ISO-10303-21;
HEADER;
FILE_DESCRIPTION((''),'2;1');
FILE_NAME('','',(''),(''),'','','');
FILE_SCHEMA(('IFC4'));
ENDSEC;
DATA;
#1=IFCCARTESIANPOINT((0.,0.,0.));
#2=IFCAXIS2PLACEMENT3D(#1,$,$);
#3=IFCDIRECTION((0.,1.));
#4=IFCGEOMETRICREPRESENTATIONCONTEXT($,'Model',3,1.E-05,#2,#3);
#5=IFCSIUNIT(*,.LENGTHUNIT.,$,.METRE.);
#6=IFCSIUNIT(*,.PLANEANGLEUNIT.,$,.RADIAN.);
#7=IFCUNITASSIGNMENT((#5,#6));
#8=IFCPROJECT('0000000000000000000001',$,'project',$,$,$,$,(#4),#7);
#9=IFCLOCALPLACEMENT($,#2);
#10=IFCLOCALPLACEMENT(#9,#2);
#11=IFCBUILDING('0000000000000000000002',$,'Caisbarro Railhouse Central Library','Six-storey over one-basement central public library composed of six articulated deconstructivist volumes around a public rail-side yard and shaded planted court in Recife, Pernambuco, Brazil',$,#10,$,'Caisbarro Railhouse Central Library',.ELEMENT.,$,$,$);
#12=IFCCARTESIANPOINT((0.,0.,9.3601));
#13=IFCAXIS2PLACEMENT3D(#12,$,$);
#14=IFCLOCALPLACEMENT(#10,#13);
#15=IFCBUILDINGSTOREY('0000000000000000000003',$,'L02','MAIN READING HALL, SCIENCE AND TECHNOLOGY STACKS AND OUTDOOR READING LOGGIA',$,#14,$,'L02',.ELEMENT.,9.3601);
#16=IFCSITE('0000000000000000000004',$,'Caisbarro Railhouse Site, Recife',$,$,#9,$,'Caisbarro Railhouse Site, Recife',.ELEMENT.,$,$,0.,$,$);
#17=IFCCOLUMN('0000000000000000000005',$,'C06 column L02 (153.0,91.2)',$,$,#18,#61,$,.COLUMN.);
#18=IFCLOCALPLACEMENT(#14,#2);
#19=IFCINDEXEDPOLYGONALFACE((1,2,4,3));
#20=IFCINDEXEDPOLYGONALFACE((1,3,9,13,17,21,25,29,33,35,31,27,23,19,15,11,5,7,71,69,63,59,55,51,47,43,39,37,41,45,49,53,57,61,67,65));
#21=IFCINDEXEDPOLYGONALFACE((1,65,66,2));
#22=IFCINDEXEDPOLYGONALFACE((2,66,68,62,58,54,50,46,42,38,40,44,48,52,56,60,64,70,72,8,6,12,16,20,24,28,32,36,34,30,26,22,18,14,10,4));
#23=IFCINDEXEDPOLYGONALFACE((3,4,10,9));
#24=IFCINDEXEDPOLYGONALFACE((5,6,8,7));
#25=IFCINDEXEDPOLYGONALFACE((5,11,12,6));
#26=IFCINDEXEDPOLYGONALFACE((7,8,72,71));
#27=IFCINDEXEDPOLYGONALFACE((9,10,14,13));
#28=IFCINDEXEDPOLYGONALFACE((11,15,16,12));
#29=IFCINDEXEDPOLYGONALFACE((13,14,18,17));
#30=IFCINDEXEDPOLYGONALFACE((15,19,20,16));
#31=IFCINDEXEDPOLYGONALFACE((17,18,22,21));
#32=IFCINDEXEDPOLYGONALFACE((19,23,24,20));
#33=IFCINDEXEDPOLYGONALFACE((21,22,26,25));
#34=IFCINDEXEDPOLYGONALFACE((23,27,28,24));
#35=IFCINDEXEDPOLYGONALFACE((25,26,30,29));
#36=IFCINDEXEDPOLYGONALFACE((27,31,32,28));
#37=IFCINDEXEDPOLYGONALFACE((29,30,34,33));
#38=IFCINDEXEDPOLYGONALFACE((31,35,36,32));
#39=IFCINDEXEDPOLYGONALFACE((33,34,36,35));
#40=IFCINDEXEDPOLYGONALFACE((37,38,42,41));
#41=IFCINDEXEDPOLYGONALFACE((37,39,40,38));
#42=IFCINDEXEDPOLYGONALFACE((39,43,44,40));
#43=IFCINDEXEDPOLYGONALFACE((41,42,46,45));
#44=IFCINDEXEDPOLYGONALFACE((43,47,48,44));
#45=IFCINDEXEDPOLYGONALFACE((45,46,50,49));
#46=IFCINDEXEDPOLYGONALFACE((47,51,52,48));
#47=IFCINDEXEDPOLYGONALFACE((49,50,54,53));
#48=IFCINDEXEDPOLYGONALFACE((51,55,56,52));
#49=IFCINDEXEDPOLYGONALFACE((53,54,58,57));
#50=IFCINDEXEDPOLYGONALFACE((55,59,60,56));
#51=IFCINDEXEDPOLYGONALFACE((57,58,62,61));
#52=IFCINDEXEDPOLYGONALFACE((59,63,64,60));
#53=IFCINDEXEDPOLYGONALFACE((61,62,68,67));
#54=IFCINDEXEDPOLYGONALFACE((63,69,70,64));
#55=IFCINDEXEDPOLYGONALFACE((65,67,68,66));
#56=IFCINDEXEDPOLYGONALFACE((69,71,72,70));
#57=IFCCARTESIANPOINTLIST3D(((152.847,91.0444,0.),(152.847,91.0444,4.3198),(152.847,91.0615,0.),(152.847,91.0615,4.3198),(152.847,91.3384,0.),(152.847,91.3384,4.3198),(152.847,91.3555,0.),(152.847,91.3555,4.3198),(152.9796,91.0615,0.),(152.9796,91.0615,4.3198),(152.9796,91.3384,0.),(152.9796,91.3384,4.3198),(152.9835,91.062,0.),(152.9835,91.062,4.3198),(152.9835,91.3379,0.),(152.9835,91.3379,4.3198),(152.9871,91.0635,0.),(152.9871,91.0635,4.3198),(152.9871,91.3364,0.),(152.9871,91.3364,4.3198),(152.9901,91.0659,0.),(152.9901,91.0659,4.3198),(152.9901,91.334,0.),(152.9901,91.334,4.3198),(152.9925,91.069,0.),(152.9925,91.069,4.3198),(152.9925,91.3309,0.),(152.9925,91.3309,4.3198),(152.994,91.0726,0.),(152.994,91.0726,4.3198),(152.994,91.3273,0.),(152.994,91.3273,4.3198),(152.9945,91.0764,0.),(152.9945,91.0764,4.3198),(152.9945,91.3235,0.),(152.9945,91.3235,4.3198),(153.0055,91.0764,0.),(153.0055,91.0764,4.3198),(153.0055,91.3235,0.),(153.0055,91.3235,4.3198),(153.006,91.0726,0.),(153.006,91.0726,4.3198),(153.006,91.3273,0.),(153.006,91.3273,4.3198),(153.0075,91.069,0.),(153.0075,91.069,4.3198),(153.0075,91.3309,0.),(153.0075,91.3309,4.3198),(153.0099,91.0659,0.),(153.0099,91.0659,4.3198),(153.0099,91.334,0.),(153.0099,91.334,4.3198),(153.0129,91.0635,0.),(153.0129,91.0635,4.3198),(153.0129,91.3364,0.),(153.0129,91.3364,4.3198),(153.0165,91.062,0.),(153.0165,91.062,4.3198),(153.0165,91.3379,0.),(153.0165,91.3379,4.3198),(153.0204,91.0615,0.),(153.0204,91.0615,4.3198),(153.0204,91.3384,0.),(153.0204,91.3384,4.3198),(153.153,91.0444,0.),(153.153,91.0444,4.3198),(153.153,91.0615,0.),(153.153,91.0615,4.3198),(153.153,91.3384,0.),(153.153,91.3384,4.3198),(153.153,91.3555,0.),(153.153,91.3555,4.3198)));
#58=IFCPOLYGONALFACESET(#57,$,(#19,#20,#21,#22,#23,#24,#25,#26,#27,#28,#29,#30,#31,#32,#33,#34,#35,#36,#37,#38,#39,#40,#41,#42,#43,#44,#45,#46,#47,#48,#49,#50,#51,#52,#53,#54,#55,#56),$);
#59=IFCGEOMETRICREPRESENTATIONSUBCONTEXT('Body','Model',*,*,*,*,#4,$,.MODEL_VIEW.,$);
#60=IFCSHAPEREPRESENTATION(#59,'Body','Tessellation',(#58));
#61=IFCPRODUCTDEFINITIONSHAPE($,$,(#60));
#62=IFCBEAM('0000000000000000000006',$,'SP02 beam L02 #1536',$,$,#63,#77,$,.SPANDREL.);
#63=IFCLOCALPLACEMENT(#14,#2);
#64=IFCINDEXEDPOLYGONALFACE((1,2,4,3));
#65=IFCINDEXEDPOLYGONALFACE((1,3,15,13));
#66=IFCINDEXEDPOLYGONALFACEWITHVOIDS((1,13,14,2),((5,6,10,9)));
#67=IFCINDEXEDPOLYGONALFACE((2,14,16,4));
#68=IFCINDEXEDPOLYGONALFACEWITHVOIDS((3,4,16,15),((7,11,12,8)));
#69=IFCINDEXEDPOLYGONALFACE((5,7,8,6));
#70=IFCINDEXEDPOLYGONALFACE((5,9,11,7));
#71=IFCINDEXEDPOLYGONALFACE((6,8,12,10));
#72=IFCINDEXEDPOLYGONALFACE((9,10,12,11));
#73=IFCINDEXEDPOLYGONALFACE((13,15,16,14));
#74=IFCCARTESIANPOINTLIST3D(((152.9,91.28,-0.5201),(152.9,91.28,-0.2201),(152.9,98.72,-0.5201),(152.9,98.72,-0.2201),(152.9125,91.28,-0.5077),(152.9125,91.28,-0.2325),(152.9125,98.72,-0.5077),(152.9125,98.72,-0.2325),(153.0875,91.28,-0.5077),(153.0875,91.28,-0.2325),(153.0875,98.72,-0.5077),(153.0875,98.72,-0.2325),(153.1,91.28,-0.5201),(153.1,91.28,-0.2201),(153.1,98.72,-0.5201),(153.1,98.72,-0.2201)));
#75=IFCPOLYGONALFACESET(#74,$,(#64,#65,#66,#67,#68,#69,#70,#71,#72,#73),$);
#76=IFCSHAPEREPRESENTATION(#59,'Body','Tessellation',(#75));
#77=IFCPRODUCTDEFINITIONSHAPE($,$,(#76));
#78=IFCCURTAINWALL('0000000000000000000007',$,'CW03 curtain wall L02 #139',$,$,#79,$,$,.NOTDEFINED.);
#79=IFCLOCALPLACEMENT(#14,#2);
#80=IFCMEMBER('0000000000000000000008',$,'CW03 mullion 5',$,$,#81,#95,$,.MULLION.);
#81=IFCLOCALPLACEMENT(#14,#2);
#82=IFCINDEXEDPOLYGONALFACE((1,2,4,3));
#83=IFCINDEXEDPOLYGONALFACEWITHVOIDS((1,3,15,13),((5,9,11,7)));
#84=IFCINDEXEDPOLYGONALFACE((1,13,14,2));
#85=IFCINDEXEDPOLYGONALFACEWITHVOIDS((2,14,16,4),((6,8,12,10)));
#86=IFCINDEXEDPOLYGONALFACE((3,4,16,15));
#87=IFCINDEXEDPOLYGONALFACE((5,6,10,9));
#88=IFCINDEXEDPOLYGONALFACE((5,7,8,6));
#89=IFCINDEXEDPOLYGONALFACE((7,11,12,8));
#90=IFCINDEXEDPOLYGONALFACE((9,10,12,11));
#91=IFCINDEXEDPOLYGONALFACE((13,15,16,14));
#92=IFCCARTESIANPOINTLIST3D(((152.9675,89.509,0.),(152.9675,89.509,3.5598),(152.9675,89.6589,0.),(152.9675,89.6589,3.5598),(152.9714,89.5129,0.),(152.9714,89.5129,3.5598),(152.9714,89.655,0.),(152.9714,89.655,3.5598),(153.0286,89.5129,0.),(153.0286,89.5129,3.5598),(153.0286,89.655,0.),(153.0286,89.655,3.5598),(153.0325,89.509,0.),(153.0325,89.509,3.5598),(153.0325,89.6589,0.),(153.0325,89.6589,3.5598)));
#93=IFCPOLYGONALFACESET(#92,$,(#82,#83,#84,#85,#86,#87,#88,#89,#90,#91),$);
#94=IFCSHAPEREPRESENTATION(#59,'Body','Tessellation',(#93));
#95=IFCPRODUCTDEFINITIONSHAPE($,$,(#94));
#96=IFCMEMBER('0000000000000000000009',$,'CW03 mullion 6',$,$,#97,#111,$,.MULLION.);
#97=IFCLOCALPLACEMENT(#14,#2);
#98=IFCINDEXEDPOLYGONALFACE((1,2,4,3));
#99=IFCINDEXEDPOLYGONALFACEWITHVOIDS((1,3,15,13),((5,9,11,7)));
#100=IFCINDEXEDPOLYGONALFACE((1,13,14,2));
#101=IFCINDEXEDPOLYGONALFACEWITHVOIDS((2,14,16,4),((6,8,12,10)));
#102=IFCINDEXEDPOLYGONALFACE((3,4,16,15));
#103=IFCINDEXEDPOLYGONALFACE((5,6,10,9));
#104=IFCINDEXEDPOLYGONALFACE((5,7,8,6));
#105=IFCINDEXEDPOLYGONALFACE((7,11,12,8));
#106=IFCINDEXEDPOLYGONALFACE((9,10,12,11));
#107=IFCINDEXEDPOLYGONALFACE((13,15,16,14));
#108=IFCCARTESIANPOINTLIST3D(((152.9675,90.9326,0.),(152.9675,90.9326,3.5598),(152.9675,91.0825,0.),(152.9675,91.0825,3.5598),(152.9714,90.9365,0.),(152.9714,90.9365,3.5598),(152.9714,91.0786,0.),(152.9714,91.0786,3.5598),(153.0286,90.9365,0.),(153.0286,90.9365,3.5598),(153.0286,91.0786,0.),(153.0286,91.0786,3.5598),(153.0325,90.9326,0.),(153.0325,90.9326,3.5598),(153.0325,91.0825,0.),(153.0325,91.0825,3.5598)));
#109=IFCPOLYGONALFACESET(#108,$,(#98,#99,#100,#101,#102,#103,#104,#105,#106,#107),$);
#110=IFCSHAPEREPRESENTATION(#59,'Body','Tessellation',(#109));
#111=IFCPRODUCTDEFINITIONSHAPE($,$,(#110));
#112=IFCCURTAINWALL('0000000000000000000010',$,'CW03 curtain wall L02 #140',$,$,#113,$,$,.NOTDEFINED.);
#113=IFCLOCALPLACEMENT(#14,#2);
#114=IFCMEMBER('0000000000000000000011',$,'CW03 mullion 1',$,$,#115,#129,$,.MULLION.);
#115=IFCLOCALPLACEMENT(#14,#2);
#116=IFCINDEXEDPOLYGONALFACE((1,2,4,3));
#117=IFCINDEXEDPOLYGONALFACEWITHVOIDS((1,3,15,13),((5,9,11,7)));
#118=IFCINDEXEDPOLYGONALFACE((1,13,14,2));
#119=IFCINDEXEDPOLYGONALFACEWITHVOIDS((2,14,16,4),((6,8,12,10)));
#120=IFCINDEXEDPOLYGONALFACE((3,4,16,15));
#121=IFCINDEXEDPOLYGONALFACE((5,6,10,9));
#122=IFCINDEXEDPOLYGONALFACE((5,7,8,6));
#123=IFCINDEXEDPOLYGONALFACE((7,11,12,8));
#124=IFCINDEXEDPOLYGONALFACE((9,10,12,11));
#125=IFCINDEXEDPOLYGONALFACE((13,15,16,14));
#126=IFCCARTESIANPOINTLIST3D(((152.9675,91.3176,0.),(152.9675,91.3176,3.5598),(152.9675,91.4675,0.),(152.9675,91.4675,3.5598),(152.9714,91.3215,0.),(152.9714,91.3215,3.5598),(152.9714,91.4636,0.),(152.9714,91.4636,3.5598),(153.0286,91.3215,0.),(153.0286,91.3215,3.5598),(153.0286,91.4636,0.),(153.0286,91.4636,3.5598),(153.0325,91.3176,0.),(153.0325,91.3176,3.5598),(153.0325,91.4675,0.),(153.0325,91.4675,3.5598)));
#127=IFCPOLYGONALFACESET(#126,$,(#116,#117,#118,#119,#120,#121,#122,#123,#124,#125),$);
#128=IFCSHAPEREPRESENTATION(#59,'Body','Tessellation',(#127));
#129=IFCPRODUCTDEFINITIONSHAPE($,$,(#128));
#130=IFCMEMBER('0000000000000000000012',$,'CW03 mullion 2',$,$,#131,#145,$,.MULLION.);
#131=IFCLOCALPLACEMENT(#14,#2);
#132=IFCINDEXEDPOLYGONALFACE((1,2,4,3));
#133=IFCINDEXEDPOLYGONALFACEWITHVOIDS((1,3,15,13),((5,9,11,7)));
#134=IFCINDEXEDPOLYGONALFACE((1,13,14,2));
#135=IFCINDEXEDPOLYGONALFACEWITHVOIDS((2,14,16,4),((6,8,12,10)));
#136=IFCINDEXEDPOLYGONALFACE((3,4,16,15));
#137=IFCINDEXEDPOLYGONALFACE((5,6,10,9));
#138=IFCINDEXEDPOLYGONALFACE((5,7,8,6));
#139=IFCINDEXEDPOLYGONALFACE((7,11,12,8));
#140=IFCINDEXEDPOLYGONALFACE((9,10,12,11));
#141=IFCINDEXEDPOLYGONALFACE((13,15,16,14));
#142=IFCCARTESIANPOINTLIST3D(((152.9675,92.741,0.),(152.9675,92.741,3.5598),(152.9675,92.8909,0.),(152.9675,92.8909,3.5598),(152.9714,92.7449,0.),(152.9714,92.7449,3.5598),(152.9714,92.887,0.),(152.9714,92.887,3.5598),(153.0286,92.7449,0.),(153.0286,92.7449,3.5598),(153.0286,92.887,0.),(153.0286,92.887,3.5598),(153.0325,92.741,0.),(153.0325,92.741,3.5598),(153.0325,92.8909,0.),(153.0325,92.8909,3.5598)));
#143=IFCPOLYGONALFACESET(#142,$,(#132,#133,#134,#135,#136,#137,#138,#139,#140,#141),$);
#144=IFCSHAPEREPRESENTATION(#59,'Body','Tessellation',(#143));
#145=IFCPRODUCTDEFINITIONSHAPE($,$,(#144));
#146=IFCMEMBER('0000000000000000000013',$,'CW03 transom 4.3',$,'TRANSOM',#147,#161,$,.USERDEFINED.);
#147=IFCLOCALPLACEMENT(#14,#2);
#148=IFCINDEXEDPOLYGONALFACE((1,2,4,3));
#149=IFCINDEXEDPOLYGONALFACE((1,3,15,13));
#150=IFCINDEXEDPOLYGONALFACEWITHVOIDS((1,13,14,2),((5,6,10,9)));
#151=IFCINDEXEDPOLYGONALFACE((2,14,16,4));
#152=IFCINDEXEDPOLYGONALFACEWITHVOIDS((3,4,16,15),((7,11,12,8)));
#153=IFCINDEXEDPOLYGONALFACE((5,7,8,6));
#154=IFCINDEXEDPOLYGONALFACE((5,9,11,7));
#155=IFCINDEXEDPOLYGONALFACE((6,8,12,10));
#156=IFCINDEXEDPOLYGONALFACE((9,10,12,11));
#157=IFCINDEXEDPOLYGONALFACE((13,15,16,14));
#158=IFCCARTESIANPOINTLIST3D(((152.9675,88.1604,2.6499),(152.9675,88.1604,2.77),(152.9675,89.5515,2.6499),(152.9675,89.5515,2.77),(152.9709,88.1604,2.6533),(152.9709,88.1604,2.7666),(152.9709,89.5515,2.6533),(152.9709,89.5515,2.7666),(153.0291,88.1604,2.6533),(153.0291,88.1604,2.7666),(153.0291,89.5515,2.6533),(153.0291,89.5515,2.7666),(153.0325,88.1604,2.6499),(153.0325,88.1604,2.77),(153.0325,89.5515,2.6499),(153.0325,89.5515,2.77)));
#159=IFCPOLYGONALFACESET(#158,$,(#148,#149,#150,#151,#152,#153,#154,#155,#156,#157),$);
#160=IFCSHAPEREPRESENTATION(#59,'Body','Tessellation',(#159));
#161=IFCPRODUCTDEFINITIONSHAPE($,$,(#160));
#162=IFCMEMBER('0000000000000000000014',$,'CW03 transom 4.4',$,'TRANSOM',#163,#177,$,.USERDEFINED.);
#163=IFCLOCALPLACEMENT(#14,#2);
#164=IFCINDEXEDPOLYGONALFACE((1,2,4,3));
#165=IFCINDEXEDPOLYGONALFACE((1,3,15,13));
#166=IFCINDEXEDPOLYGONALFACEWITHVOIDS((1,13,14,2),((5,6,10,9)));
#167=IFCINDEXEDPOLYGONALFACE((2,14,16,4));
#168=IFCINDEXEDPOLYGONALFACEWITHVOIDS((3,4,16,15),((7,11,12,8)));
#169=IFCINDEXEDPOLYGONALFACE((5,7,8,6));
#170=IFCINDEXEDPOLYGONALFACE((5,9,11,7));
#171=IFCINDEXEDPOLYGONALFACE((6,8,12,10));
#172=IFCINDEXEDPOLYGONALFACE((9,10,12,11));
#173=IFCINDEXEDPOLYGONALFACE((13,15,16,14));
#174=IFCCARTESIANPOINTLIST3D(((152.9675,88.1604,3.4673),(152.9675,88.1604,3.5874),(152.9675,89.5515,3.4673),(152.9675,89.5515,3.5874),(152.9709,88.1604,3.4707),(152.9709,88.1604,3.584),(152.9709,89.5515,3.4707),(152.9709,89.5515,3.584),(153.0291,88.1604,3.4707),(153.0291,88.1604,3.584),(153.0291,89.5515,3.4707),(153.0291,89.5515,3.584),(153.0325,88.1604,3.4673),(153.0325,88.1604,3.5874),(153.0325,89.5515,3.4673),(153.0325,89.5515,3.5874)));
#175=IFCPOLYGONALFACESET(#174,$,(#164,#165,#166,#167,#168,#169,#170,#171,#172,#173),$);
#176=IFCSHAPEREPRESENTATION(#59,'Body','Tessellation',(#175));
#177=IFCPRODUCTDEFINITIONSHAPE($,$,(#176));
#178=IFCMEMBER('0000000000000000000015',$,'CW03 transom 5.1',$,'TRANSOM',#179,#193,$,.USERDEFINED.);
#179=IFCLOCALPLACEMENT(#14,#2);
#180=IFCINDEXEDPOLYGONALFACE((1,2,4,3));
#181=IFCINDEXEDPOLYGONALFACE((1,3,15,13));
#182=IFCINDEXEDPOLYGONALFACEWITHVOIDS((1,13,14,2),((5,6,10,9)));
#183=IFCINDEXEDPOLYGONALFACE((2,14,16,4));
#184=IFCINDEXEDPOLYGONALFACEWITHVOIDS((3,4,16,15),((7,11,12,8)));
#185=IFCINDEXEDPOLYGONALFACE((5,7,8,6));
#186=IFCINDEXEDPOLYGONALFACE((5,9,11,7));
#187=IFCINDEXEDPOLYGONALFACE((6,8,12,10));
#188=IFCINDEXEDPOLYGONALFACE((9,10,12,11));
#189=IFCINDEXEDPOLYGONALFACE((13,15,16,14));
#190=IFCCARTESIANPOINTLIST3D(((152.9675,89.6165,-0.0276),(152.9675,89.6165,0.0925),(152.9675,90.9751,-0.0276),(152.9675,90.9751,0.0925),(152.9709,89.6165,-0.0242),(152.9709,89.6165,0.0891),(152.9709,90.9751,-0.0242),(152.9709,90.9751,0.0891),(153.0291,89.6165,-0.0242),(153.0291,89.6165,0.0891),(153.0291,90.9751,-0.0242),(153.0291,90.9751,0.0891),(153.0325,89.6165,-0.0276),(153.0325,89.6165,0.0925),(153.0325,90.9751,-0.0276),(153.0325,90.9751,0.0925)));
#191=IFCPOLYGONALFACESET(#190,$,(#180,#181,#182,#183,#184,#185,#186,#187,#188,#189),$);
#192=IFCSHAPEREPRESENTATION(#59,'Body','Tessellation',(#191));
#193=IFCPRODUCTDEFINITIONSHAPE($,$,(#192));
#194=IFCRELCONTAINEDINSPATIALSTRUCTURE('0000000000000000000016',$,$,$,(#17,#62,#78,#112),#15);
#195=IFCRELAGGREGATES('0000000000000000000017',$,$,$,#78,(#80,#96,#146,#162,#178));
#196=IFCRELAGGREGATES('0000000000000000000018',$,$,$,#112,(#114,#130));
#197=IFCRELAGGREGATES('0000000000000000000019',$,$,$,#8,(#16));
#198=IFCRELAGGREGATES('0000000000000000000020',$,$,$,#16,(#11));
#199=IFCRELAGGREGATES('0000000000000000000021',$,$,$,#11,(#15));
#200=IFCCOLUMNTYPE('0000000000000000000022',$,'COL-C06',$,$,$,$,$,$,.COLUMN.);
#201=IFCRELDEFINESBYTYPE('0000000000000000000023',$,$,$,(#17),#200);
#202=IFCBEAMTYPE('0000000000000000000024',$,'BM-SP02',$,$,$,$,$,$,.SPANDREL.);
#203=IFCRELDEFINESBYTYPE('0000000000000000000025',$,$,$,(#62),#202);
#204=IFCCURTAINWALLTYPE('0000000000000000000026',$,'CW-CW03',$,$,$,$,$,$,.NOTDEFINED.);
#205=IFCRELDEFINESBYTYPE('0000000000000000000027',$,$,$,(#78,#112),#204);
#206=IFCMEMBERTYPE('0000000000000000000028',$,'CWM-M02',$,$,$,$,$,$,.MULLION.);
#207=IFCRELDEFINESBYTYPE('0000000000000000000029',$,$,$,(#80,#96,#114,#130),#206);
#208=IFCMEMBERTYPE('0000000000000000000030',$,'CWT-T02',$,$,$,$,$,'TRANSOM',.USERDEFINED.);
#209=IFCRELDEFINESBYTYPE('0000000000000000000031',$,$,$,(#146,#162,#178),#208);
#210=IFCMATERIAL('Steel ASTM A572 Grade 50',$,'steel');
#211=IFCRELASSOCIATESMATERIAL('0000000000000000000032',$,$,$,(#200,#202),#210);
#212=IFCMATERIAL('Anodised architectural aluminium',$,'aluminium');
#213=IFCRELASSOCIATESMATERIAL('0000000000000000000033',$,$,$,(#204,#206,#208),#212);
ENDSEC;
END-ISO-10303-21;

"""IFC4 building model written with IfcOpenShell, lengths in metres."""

from ifc_helpers import new_model, si_unit, direction, frame, origin, origin_2d, place, context, subcontext, project, spatial, hollow_rectangle, i_section, extrude, material, material_profile, profile_set, type_object, element, aggregate, save


model = new_model("IFC4")

# Units and contexts
model_context = context("Model", 3, precision=1e-05, world=origin(), true_north=direction((0.0, 1.0)))
body_context = subcontext(model_context, "Body", "Model", "MODEL_VIEW")
ifc_project = project(units=[si_unit("LENGTHUNIT", "METRE"), si_unit("PLANEANGLEUNIT", "RADIAN")], contexts=[model_context])

# Site, building, storey
site_placement = place(None, origin())
site = spatial("IfcSite", under=ifc_project, at=site_placement, Name="Caisbarro Railhouse Site, Recife", LongName="Caisbarro Railhouse Site, Recife", CompositionType="ELEMENT", RefElevation=0.0)
building_placement = place(site_placement, origin())
building = spatial("IfcBuilding", under=site, at=building_placement, Name="Caisbarro Railhouse Central Library", Description="Six-storey over one-basement central public library composed of six articulated deconstructivist volumes around a public rail-side yard and shaded planted court in Recife, Pernambuco, Brazil", LongName="Caisbarro Railhouse Central Library", CompositionType="ELEMENT")
storey_placement = place(building_placement, frame((0.0, 0.0, 9.3601)))
storey = spatial("IfcBuildingStorey", under=building, at=storey_placement, Name="L02", Description="MAIN READING HALL, SCIENCE AND TECHNOLOGY STACKS AND OUTDOOR READING LOGGIA", LongName="L02", CompositionType="ELEMENT", Elevation=9.3601)

# Column
ifc_material_1 = material(Name="Steel ASTM A572 Grade 50", Category="steel")
ifc_material_profile_1 = material_profile(ifc_material_1, i_section(OverallWidth=0.3059, OverallDepth=0.311, WebThickness=0.011, FlangeThickness=0.0171, FilletRadius=0.0149, at=origin_2d()), Name="W310X107.0")
ifc_profile_set_1 = profile_set([ifc_material_profile_1], Name="Steel ASTM A572 Grade 50")
column_type = type_object("IfcColumnType", Name="COL-C06", PredefinedType="COLUMN", material=ifc_profile_set_1)
column_placement = place(storey_placement, frame((153.0, 91.2, 0.0), z_axis=(0.0, 0.0, 1.0), x_axis=(1.0, 0.0, 0.0)))
element("IfcColumn", 1, at=column_placement, inside=storey, type_object=column_type, Name="C06 column L02 (153.0,91.2)", PredefinedType="COLUMN", context=body_context, shape_type="SweptSolid", body=[
    extrude(i_section(OverallWidth=0.3059, OverallDepth=0.311, WebThickness=0.011, FlangeThickness=0.0171, FilletRadius=0.0149, at=origin_2d()), origin(), (0.0, 0.0, 1.0), 4.3198),
])

# Beam
ifc_material_profile_2 = material_profile(ifc_material_1, hollow_rectangle(XDim=0.2, YDim=0.3, WallThickness=0.0125, at=origin_2d()), Name="HSS300X200X12.5")
ifc_profile_set_2 = profile_set([ifc_material_profile_2], Name="Steel ASTM A572 Grade 50")
beam_type = type_object("IfcBeamType", Name="BM-SP02", PredefinedType="SPANDREL", material=ifc_profile_set_2)
beam_placement = place(storey_placement, frame((153.0, 91.28, -0.3701), z_axis=(0.0, 1.0, 0.0), x_axis=(-1.0, 0.0, 0.0)))
element("IfcBeam", 2, at=beam_placement, inside=storey, type_object=beam_type, Name="SP02 beam L02 #1536", PredefinedType="SPANDREL", context=body_context, shape_type="SweptSolid", body=[
    extrude(hollow_rectangle(XDim=0.2, YDim=0.3, WallThickness=0.0125, at=origin_2d()), origin(), (0.0, 0.0, 1.0), 7.4399),
])

# Curtain walls, members
ifc_material_2 = material(Name="Anodised architectural aluminium", Category="aluminium")
curtain_wall_type = type_object("IfcCurtainWallType", Name="CW-CW03", PredefinedType="NOTDEFINED", material=ifc_material_2)
curtain_wall_1_placement = place(storey_placement, origin())
curtain_wall_1 = element("IfcCurtainWall", 3, at=curtain_wall_1_placement, inside=storey, type_object=curtain_wall_type, Name="CW03 curtain wall L02 #139", PredefinedType="NOTDEFINED")
ifc_material_profile_3 = material_profile(ifc_material_2, hollow_rectangle(XDim=0.0649, YDim=0.1499, WallThickness=0.0039, at=origin_2d()), Name="ALU-MUL-65X150")
ifc_profile_set_3 = profile_set([ifc_material_profile_3], Name="Anodised architectural aluminium")
member_type_1 = type_object("IfcMemberType", Name="CWM-M02", PredefinedType="MULLION", material=ifc_profile_set_3)
member_1_placement = place(storey_placement, frame((153.0, 89.584, 0.0), z_axis=(0.0, 0.0, 1.0), x_axis=(-1.0, 0.0, 0.0)))
member_1 = element("IfcMember", 4, at=member_1_placement, type_object=member_type_1, Name="CW03 mullion 5", PredefinedType="MULLION", context=body_context, shape_type="SweptSolid", body=[
    extrude(hollow_rectangle(XDim=0.0649, YDim=0.1499, WallThickness=0.0039, at=origin_2d()), origin(), (0.0, 0.0, 1.0), 3.5598),
])
member_2_placement = place(storey_placement, frame((153.0, 91.0076, 0.0), z_axis=(0.0, 0.0, 1.0), x_axis=(-1.0, 0.0, 0.0)))
member_2 = element("IfcMember", 5, at=member_2_placement, type_object=member_type_1, Name="CW03 mullion 6", PredefinedType="MULLION", context=body_context, shape_type="SweptSolid", body=[
    extrude(hollow_rectangle(XDim=0.0649, YDim=0.1499, WallThickness=0.0039, at=origin_2d()), origin(), (0.0, 0.0, 1.0), 3.5598),
])
curtain_wall_2_placement = place(storey_placement, origin())
curtain_wall_2 = element("IfcCurtainWall", 6, at=curtain_wall_2_placement, inside=storey, type_object=curtain_wall_type, Name="CW03 curtain wall L02 #140", PredefinedType="NOTDEFINED")
member_3_placement = place(storey_placement, frame((153.0, 91.3926, 0.0), z_axis=(0.0, 0.0, 1.0), x_axis=(-1.0, 0.0, 0.0)))
member_3 = element("IfcMember", 7, at=member_3_placement, type_object=member_type_1, Name="CW03 mullion 1", PredefinedType="MULLION", context=body_context, shape_type="SweptSolid", body=[
    extrude(hollow_rectangle(XDim=0.0649, YDim=0.1499, WallThickness=0.0039, at=origin_2d()), origin(), (0.0, 0.0, 1.0), 3.5598),
])
member_4_placement = place(storey_placement, frame((153.0, 92.8159, 0.0), z_axis=(0.0, 0.0, 1.0), x_axis=(-1.0, 0.0, 0.0)))
member_4 = element("IfcMember", 8, at=member_4_placement, type_object=member_type_1, Name="CW03 mullion 2", PredefinedType="MULLION", context=body_context, shape_type="SweptSolid", body=[
    extrude(hollow_rectangle(XDim=0.0649, YDim=0.1499, WallThickness=0.0039, at=origin_2d()), origin(), (0.0, 0.0, 1.0), 3.5598),
])

# Members
ifc_material_profile_4 = material_profile(ifc_material_2, hollow_rectangle(XDim=0.0649, YDim=0.1201, WallThickness=0.0034, at=origin_2d()), Name="ALU-TRN-65X120")
ifc_profile_set_4 = profile_set([ifc_material_profile_4], Name="Anodised architectural aluminium")
member_type_2 = type_object("IfcMemberType", Name="CWT-T02", ElementType="TRANSOM", PredefinedType="USERDEFINED", material=ifc_profile_set_4)
member_5_placement = place(storey_placement, frame((153.0, 88.1604, 2.71), z_axis=(0.0, 1.0, 0.0), x_axis=(-1.0, 0.0, 0.0)))
member_5 = element("IfcMember", 9, at=member_5_placement, type_object=member_type_2, Name="CW03 transom 4.3", ObjectType="TRANSOM", PredefinedType="USERDEFINED", context=body_context, shape_type="SweptSolid", body=[
    extrude(hollow_rectangle(XDim=0.0649, YDim=0.1201, WallThickness=0.0034, at=origin_2d()), origin(), (0.0, 0.0, 1.0), 1.3911),
])
member_6_placement = place(storey_placement, frame((153.0, 88.1604, 3.5273), z_axis=(0.0, 1.0, 0.0), x_axis=(-1.0, 0.0, 0.0)))
member_6 = element("IfcMember", 10, at=member_6_placement, type_object=member_type_2, Name="CW03 transom 4.4", ObjectType="TRANSOM", PredefinedType="USERDEFINED", context=body_context, shape_type="SweptSolid", body=[
    extrude(hollow_rectangle(XDim=0.0649, YDim=0.1201, WallThickness=0.0034, at=origin_2d()), origin(), (0.0, 0.0, 1.0), 1.3911),
])
member_7_placement = place(storey_placement, frame((153.0, 89.6165, 0.0325), z_axis=(0.0, 1.0, 0.0), x_axis=(-1.0, 0.0, 0.0)))
member_7 = element("IfcMember", 11, at=member_7_placement, type_object=member_type_2, Name="CW03 transom 5.1", ObjectType="TRANSOM", PredefinedType="USERDEFINED", context=body_context, shape_type="SweptSolid", body=[
    extrude(hollow_rectangle(XDim=0.0649, YDim=0.1201, WallThickness=0.0034, at=origin_2d()), origin(), (0.0, 0.0, 1.0), 1.3586),
])

aggregate(curtain_wall_1, [member_1, member_2, member_5, member_6, member_7])
aggregate(curtain_wall_2, [member_3, member_4])

save(model, "model.ifc")
